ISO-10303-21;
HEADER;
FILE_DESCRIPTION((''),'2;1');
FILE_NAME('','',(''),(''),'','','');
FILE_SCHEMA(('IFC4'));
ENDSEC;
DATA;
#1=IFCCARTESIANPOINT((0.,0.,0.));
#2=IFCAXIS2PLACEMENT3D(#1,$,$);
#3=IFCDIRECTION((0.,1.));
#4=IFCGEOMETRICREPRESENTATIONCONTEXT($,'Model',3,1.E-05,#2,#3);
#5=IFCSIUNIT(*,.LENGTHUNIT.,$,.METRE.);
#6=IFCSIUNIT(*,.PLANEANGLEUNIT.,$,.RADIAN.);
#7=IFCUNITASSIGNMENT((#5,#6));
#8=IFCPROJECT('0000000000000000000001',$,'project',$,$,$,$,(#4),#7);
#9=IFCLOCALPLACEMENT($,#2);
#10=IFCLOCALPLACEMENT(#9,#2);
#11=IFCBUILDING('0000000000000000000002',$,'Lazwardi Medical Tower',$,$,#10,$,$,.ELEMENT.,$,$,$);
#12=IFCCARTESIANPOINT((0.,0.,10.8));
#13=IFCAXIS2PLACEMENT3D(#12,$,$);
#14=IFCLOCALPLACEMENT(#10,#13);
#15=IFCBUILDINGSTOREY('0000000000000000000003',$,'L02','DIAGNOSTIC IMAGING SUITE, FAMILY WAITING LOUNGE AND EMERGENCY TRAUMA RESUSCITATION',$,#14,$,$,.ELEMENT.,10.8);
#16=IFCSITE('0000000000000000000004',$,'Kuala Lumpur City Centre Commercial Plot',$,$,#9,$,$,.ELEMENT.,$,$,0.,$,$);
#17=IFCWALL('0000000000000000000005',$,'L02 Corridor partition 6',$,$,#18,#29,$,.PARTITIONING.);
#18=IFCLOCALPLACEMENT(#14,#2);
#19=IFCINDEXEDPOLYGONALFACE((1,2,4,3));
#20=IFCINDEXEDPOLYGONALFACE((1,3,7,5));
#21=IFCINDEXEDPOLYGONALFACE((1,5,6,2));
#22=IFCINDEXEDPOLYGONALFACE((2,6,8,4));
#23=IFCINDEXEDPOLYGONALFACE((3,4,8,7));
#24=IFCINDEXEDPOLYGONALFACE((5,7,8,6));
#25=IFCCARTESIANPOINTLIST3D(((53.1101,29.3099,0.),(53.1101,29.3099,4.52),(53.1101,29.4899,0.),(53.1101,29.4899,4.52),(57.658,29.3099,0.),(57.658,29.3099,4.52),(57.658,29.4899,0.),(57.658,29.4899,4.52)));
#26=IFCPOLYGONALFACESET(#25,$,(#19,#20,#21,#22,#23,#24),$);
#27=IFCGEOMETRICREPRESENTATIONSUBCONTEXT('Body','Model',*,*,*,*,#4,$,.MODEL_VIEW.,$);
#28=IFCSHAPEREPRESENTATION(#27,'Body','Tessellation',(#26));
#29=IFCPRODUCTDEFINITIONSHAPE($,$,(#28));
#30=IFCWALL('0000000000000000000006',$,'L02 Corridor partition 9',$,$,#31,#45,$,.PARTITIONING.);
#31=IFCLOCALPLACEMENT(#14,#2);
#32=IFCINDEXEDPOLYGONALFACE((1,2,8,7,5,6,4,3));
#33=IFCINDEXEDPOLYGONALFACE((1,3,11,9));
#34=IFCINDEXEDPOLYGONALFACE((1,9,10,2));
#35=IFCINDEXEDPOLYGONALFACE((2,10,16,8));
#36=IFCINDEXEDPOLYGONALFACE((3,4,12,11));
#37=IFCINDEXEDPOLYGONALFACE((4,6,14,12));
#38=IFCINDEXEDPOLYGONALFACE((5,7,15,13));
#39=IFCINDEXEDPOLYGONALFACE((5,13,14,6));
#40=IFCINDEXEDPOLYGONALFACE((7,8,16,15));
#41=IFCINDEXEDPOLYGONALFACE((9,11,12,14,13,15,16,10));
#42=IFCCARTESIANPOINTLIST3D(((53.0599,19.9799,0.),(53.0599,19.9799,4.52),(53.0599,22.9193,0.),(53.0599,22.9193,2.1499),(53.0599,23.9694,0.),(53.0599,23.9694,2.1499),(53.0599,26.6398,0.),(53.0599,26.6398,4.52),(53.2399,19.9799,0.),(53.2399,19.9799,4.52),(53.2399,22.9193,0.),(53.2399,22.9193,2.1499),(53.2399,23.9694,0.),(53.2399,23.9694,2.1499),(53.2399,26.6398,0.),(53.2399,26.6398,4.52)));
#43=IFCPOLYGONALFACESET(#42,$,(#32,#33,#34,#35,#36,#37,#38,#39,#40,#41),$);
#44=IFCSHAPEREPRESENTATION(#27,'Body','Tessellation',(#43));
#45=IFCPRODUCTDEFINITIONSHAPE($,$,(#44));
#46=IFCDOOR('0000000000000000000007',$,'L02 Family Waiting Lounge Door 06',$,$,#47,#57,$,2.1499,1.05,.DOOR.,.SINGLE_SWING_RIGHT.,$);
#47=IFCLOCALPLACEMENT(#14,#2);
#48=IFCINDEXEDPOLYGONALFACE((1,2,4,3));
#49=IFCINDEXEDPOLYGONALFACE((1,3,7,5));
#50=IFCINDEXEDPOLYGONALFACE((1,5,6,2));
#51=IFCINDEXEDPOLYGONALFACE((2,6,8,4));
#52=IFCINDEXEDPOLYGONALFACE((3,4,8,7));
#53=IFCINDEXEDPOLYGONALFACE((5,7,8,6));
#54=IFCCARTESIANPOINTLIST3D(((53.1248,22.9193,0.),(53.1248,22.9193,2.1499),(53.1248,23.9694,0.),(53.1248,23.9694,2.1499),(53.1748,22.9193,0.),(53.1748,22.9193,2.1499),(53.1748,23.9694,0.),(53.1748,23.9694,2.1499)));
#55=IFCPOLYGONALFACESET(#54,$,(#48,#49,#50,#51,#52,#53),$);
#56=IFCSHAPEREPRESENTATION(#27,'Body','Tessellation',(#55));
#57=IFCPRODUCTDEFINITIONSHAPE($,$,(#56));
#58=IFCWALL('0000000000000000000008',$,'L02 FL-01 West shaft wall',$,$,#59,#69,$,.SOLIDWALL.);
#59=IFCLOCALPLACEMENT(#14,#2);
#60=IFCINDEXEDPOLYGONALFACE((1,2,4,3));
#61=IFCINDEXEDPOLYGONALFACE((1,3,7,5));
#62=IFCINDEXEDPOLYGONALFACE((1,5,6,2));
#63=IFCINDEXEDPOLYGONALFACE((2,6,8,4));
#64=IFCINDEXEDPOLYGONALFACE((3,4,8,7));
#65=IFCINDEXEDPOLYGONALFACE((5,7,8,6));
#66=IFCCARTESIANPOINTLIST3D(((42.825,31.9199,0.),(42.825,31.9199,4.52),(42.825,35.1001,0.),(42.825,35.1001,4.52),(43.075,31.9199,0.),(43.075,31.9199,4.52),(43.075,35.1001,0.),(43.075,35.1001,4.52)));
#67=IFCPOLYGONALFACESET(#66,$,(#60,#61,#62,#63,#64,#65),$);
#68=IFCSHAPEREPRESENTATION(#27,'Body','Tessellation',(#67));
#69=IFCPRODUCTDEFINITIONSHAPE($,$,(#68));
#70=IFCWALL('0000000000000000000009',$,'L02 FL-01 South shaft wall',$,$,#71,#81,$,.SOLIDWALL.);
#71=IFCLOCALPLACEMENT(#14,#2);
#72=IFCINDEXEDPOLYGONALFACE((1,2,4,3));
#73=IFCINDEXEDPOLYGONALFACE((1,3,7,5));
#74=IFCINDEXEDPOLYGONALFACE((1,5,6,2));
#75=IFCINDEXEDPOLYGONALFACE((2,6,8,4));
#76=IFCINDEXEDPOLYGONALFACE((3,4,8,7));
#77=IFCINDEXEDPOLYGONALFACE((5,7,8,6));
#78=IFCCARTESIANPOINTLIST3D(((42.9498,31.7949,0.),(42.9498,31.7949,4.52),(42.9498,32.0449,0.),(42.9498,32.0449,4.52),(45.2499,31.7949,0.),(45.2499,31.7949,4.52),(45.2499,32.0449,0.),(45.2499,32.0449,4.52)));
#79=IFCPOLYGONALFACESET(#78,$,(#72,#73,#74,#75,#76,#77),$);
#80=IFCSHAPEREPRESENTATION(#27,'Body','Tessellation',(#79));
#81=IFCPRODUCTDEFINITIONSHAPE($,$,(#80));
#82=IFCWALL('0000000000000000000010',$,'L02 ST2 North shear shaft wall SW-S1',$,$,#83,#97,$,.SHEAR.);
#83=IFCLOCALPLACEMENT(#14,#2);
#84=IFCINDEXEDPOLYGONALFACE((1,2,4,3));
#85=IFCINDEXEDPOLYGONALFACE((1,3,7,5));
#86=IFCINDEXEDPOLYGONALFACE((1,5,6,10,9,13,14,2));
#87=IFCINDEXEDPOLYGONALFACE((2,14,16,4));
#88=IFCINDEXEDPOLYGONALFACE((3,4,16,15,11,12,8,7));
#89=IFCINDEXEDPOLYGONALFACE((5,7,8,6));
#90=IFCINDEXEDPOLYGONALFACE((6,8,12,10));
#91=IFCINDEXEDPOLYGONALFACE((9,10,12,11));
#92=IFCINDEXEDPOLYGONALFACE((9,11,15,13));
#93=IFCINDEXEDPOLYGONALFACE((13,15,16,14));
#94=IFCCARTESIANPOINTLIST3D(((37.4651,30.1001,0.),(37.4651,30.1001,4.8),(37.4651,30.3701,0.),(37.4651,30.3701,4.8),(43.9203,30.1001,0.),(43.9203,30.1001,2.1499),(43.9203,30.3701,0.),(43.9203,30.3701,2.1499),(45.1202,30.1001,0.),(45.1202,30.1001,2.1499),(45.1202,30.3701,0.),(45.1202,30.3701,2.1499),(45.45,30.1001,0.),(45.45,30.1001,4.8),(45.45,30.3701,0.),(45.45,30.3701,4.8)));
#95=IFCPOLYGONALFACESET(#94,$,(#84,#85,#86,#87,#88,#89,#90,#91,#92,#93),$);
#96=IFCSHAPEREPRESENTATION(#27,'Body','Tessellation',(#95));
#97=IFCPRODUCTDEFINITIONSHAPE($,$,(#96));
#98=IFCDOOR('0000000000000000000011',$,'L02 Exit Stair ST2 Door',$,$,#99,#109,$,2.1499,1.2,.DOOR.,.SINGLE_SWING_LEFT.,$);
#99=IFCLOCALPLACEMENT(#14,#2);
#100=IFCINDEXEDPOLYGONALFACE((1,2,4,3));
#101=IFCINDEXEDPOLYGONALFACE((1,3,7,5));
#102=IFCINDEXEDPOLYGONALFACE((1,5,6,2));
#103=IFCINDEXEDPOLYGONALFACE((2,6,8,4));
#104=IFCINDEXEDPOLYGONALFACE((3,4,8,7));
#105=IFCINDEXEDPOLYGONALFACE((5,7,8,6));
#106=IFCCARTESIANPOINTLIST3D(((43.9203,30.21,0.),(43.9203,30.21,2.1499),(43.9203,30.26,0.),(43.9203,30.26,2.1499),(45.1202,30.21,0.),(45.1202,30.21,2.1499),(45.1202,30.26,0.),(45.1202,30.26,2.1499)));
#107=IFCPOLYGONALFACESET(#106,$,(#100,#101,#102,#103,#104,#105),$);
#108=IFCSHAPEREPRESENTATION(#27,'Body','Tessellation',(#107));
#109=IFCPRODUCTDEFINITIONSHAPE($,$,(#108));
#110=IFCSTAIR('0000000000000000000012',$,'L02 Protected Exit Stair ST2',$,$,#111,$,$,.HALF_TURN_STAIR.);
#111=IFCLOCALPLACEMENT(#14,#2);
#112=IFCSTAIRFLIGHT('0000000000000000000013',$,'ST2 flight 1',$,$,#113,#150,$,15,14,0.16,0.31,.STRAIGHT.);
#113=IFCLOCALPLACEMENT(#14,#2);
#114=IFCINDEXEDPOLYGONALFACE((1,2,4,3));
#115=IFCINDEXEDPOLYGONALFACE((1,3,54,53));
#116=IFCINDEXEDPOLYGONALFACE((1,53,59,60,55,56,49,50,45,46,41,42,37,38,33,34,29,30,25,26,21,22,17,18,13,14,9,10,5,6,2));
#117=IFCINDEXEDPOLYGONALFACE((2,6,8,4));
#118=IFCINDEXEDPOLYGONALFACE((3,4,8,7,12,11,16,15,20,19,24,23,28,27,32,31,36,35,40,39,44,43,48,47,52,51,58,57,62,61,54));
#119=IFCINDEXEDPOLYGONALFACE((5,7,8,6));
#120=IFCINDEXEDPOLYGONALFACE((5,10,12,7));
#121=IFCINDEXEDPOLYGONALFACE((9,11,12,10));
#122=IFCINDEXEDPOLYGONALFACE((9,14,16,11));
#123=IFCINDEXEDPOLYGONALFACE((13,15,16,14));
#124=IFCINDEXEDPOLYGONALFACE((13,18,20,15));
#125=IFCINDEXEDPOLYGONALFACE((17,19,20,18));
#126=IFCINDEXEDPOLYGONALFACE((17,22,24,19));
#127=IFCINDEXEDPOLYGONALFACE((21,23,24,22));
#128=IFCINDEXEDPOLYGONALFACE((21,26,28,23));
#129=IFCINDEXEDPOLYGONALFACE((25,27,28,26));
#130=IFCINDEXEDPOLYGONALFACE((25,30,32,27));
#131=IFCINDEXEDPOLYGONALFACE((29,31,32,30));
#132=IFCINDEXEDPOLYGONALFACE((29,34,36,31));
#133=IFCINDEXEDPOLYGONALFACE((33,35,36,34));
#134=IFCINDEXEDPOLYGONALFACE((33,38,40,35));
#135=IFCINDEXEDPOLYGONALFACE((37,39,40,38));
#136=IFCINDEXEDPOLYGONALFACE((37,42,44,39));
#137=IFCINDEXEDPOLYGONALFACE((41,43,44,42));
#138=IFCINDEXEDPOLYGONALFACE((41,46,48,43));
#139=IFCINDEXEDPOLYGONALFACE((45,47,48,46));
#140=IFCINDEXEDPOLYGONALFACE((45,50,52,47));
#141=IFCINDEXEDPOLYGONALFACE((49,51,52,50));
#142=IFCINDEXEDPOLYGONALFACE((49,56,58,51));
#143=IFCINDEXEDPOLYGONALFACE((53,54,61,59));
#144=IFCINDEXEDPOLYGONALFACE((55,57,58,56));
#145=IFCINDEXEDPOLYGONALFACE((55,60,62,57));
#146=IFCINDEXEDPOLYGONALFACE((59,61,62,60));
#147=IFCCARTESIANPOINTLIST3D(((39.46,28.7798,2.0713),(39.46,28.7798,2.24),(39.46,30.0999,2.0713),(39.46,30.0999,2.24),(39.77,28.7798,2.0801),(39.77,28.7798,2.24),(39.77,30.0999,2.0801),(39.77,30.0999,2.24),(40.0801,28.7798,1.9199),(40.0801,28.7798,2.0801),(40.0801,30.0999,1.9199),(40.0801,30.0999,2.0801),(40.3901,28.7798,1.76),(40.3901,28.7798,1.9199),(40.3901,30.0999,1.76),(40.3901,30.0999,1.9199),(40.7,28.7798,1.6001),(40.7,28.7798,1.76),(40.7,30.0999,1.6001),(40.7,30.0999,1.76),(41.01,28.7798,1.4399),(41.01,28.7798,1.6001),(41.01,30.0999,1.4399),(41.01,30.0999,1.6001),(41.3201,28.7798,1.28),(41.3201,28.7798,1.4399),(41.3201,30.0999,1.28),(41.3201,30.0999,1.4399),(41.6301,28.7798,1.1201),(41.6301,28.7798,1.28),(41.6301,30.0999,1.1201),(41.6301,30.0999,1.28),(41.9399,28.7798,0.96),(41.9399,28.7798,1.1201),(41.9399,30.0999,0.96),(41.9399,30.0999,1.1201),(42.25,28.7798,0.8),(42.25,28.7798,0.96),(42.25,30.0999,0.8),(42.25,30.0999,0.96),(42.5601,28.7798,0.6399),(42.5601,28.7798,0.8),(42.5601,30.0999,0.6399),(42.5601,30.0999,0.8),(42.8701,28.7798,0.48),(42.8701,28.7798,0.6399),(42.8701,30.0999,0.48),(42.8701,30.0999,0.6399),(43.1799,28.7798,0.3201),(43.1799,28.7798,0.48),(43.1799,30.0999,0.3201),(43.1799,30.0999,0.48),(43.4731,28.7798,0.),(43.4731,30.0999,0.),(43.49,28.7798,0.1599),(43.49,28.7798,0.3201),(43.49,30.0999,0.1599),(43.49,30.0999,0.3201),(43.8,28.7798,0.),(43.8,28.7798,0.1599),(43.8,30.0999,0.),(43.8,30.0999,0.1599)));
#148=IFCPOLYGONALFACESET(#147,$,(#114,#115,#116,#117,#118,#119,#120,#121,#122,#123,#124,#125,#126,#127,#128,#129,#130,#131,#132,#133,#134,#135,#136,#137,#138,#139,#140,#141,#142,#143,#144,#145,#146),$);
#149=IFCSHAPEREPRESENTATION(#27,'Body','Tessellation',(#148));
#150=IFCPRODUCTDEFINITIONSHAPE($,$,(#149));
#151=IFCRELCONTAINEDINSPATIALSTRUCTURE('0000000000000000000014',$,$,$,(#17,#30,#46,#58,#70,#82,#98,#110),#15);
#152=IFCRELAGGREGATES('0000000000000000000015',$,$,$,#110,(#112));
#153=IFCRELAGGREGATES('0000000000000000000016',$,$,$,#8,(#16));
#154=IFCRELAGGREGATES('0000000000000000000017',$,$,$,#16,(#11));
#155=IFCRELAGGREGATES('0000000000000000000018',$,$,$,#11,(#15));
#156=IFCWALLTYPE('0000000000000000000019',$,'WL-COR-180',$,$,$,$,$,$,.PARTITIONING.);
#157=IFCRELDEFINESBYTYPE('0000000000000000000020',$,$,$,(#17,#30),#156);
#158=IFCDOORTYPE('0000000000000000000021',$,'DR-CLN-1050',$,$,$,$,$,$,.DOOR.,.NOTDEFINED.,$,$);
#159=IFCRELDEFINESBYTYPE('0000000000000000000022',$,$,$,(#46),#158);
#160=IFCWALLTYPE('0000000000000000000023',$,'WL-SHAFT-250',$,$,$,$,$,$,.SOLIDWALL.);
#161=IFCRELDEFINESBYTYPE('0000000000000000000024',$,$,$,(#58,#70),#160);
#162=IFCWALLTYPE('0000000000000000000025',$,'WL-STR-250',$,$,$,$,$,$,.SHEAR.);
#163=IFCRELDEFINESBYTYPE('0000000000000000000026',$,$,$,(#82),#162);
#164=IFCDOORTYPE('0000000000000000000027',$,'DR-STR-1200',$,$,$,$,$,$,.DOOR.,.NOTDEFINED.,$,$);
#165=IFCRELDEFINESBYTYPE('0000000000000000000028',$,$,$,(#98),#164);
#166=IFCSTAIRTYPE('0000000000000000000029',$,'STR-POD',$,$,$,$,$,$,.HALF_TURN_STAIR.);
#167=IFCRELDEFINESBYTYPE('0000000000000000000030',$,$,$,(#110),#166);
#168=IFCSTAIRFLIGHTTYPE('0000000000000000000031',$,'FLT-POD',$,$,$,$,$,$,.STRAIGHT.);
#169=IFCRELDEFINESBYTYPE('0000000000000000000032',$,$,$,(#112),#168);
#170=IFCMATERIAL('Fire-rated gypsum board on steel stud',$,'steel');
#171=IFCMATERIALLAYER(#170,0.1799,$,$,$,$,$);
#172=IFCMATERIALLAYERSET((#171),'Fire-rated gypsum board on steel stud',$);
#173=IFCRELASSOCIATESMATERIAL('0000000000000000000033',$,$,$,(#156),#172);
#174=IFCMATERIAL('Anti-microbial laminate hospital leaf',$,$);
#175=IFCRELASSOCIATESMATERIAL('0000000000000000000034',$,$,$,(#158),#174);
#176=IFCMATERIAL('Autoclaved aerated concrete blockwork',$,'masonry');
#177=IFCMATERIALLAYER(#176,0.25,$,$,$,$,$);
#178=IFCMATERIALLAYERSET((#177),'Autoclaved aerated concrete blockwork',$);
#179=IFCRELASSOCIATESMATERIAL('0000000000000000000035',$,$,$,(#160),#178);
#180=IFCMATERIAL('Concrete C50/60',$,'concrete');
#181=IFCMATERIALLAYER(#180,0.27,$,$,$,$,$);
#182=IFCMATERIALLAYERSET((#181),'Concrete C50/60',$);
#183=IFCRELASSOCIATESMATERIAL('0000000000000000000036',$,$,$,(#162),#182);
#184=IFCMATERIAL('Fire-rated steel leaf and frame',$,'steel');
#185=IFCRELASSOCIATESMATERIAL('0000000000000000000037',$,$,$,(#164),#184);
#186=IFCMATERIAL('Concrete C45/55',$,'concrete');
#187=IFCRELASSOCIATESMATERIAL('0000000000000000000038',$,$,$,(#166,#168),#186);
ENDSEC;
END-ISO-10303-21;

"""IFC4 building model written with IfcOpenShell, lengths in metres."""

from ifc_helpers import new_model, si_unit, direction, frame, frame_2d, origin, place, context, subcontext, project, spatial, polyline, rectangle, outline, extrude, material, layer, layer_set, type_object, element, fill, aggregate, save


model = new_model("IFC4")

# Units and contexts
model_context = context("Model", 3, precision=1e-05, world=origin(), true_north=direction((0.0, 1.0)))
body_context = subcontext(model_context, "Body", "Model", "MODEL_VIEW")
ifc_project = project(units=[si_unit("LENGTHUNIT", "METRE"), si_unit("PLANEANGLEUNIT", "RADIAN")], contexts=[model_context])

# Site, building, storey
site_placement = place(None, origin())
site = spatial("IfcSite", under=ifc_project, at=site_placement, Name="Kuala Lumpur City Centre Commercial Plot", CompositionType="ELEMENT", RefElevation=0.0)
building_placement = place(site_placement, origin())
building = spatial("IfcBuilding", under=site, at=building_placement, Name="Lazwardi Medical Tower", CompositionType="ELEMENT")
storey_placement = place(building_placement, frame((0.0, 0.0, 10.8)))
storey = spatial("IfcBuildingStorey", under=building, at=storey_placement, Name="L02", Description="DIAGNOSTIC IMAGING SUITE, FAMILY WAITING LOUNGE AND EMERGENCY TRAUMA RESUSCITATION", CompositionType="ELEMENT", Elevation=10.8)

# Wall
ifc_material_1 = material(Name="Fire-rated gypsum board on steel stud", Category="steel")
ifc_layer_1 = layer(ifc_material_1, 0.1799)
ifc_layer_set_1 = layer_set([ifc_layer_1], Name="Fire-rated gypsum board on steel stud")
wall_type_1 = type_object("IfcWallType", Name="WL-COR-180", PredefinedType="PARTITIONING", material=ifc_layer_set_1)
wall_1_placement = place(storey_placement, frame((53.1101, 29.3999, 0.0), z_axis=(0.0, 0.0, 1.0), x_axis=(1.0, 0.0, 0.0)))
element("IfcWall", 1, at=wall_1_placement, inside=storey, type_object=wall_type_1, Name="L02 Corridor partition 6", PredefinedType="PARTITIONING", context=body_context, shape_type="SweptSolid", body=[
    extrude(rectangle(XDim=4.5479, YDim=0.1799, at=frame_2d((2.2739, 0.0))), origin(), (0.0, 0.0, 1.0), 4.52),
])

# Wall, opening, door
wall_2_placement = place(storey_placement, frame((53.1499, 26.6399, 0.0), z_axis=(0.0, 0.0, 1.0), x_axis=(0.0, -1.0, 0.0)))
wall_2 = element("IfcWall", 2, at=wall_2_placement, inside=storey, type_object=wall_type_1, Name="L02 Corridor partition 9", PredefinedType="PARTITIONING", context=body_context, shape_type="SweptSolid", body=[
    extrude(rectangle(XDim=6.6599, YDim=0.1799, at=frame_2d((3.3301, 0.0))), origin(), (0.0, 0.0, 1.0), 4.52),
])
opening_1_placement = place(wall_2_placement, frame((2.6707, 0.0, 0.0)))
opening_1 = element("IfcOpeningElement", 3, at=opening_1_placement, cuts=wall_2, PredefinedType="OPENING", context=body_context, shape_type="SweptSolid", body=[
    extrude(rectangle(XDim=1.05, YDim=2.1499, at=frame_2d((0.5249, 1.075))), frame((0.0, 0.0999, 0.0), z_axis=(0.0, -1.0, 0.0), x_axis=(1.0, 0.0, 0.0)), (0.0, 0.0, 1.0), 0.2),
])
ifc_material_2 = material(Name="Anti-microbial laminate hospital leaf")
door_type_1 = type_object("IfcDoorType", Name="DR-CLN-1050", OperationType="NOTDEFINED", PredefinedType="DOOR", material=ifc_material_2)
door_1_placement = place(opening_1_placement, origin())
door_1 = element("IfcDoor", 4, at=door_1_placement, inside=storey, type_object=door_type_1, Name="L02 Family Waiting Lounge Door 06", OperationType="SINGLE_SWING_RIGHT", OverallHeight=2.1499, OverallWidth=1.05, PredefinedType="DOOR", context=body_context, shape_type="SweptSolid", body=[
    extrude(rectangle(XDim=1.05, YDim=2.1499, at=frame_2d((0.5249, 1.075))), frame((0.0, 0.0249, 0.0), z_axis=(0.0, -1.0, 0.0), x_axis=(1.0, 0.0, 0.0)), (0.0, 0.0, 1.0), 0.05),
])
fill(opening_1, door_1)

# Walls
ifc_material_3 = material(Name="Autoclaved aerated concrete blockwork", Category="masonry")
ifc_layer_2 = layer(ifc_material_3, 0.25)
ifc_layer_set_2 = layer_set([ifc_layer_2], Name="Autoclaved aerated concrete blockwork")
wall_type_2 = type_object("IfcWallType", Name="WL-SHAFT-250", PredefinedType="SOLIDWALL", material=ifc_layer_set_2)
wall_3_placement = place(storey_placement, frame((42.95, 31.9199, 0.0), z_axis=(0.0, 0.0, 1.0), x_axis=(0.0, 1.0, 0.0)))
element("IfcWall", 5, at=wall_3_placement, inside=storey, type_object=wall_type_2, Name="L02 FL-01 West shaft wall", PredefinedType="SOLIDWALL", context=body_context, shape_type="SweptSolid", body=[
    extrude(rectangle(XDim=3.1802, YDim=0.25, at=frame_2d((1.5901, 0.0))), origin(), (0.0, 0.0, 1.0), 4.52),
])
wall_4_placement = place(storey_placement, frame((42.95, 31.9199, 0.0), z_axis=(0.0, 0.0, 1.0), x_axis=(1.0, 0.0, 0.0)))
element("IfcWall", 6, at=wall_4_placement, inside=storey, type_object=wall_type_2, Name="L02 FL-01 South shaft wall", PredefinedType="SOLIDWALL", context=body_context, shape_type="SweptSolid", body=[
    extrude(rectangle(XDim=2.3, YDim=0.25, at=frame_2d((1.1499, 0.0))), origin(), (0.0, 0.0, 1.0), 4.52),
])

# Wall, opening, door
ifc_material_4 = material(Name="Concrete C50/60", Category="concrete")
ifc_layer_3 = layer(ifc_material_4, 0.27)
ifc_layer_set_3 = layer_set([ifc_layer_3], Name="Concrete C50/60")
wall_type_3 = type_object("IfcWallType", Name="WL-STR-250", PredefinedType="SHEAR", material=ifc_layer_set_3)
wall_5_placement = place(storey_placement, frame((37.4651, 30.2351, 0.0), z_axis=(0.0, 0.0, 1.0), x_axis=(1.0, 0.0, 0.0)))
wall_5 = element("IfcWall", 7, at=wall_5_placement, inside=storey, type_object=wall_type_3, Name="L02 ST2 North shear shaft wall SW-S1", PredefinedType="SHEAR", context=body_context, shape_type="SweptSolid", body=[
    extrude(rectangle(XDim=7.9849, YDim=0.27, at=frame_2d((3.9924, 0.0))), origin(), (0.0, 0.0, 1.0), 4.8),
])
opening_2_placement = place(wall_5_placement, frame((6.4551, 0.0, 0.0)))
opening_2 = element("IfcOpeningElement", 8, at=opening_2_placement, cuts=wall_5, PredefinedType="OPENING", context=body_context, shape_type="SweptSolid", body=[
    extrude(rectangle(XDim=1.2, YDim=2.1499, at=frame_2d((0.6001, 1.075))), frame((0.0, 0.145, 0.0), z_axis=(0.0, -1.0, 0.0), x_axis=(1.0, 0.0, 0.0)), (0.0, 0.0, 1.0), 0.29),
])
ifc_material_5 = material(Name="Fire-rated steel leaf and frame", Category="steel")
door_type_2 = type_object("IfcDoorType", Name="DR-STR-1200", OperationType="NOTDEFINED", PredefinedType="DOOR", material=ifc_material_5)
door_2_placement = place(opening_2_placement, origin())
door_2 = element("IfcDoor", 9, at=door_2_placement, inside=storey, type_object=door_type_2, Name="L02 Exit Stair ST2 Door", OperationType="SINGLE_SWING_LEFT", OverallHeight=2.1499, OverallWidth=1.2, PredefinedType="DOOR", context=body_context, shape_type="SweptSolid", body=[
    extrude(rectangle(XDim=1.2, YDim=2.1499, at=frame_2d((0.6001, 1.075))), frame((0.0, 0.0249, 0.0), z_axis=(0.0, -1.0, 0.0), x_axis=(1.0, 0.0, 0.0)), (0.0, 0.0, 1.0), 0.05),
])
fill(opening_2, door_2)

# Stair, stair flight
ifc_material_6 = material(Name="Concrete C45/55", Category="concrete")
stair_type = type_object("IfcStairType", Name="STR-POD", PredefinedType="HALF_TURN_STAIR", material=ifc_material_6)
stair_1_placement = place(storey_placement, origin())
stair_1 = element("IfcStair", 10, at=stair_1_placement, inside=storey, type_object=stair_type, Name="L02 Protected Exit Stair ST2", PredefinedType="HALF_TURN_STAIR")
stair_flight_type = type_object("IfcStairFlightType", Name="FLT-POD", PredefinedType="STRAIGHT", material=ifc_material_6)
stair_flight_1_placement = place(storey_placement, frame((43.8, 29.4399, 0.0), z_axis=(0.0, 0.0, 1.0), x_axis=(-1.0, 0.0, 0.0)))
stair_flight_1 = element("IfcStairFlight", 11, at=stair_flight_1_placement, type_object=stair_flight_type, Name="ST2 flight 1", NumberOfRisers=15, NumberOfTreads=14, PredefinedType="STRAIGHT", RiserHeight=0.16, TreadLength=0.31, context=body_context, shape_type="SweptSolid", body=[
    extrude(outline(polyline([(0.0, 0.0), (0.0, 0.1599), (0.3101, 0.1599), (0.3101, 0.3201), (0.6201, 0.3201), (0.6201, 0.48), (0.9299, 0.48), (0.9299, 0.6399), (1.24, 0.6399), (1.24, 0.8), (1.55, 0.8), (1.55, 0.96), (1.8601, 0.96), (1.8601, 1.1201), (2.1699, 1.1201), (2.1699, 1.28), (2.48, 1.28), (2.48, 1.4399), (2.79, 1.4399), (2.79, 1.6001), (3.1001, 1.6001), (3.1001, 1.76), (3.4099, 1.76), (3.4099, 1.9199), (3.72, 1.9199), (3.72, 2.0801), (4.03, 2.0801), (4.03, 2.24), (4.3401, 2.24), (4.3401, 2.3999), (4.3401, 2.0713), (0.3269, 0.0), (0.0, 0.0)])), frame((0.0, 0.6602, 0.0), z_axis=(0.0, -1.0, 0.0), x_axis=(1.0, 0.0, 0.0)), (0.0, 0.0, 1.0), 1.3201),
])
aggregate(stair_1, [stair_flight_1])

save(model, "model.ifc")
